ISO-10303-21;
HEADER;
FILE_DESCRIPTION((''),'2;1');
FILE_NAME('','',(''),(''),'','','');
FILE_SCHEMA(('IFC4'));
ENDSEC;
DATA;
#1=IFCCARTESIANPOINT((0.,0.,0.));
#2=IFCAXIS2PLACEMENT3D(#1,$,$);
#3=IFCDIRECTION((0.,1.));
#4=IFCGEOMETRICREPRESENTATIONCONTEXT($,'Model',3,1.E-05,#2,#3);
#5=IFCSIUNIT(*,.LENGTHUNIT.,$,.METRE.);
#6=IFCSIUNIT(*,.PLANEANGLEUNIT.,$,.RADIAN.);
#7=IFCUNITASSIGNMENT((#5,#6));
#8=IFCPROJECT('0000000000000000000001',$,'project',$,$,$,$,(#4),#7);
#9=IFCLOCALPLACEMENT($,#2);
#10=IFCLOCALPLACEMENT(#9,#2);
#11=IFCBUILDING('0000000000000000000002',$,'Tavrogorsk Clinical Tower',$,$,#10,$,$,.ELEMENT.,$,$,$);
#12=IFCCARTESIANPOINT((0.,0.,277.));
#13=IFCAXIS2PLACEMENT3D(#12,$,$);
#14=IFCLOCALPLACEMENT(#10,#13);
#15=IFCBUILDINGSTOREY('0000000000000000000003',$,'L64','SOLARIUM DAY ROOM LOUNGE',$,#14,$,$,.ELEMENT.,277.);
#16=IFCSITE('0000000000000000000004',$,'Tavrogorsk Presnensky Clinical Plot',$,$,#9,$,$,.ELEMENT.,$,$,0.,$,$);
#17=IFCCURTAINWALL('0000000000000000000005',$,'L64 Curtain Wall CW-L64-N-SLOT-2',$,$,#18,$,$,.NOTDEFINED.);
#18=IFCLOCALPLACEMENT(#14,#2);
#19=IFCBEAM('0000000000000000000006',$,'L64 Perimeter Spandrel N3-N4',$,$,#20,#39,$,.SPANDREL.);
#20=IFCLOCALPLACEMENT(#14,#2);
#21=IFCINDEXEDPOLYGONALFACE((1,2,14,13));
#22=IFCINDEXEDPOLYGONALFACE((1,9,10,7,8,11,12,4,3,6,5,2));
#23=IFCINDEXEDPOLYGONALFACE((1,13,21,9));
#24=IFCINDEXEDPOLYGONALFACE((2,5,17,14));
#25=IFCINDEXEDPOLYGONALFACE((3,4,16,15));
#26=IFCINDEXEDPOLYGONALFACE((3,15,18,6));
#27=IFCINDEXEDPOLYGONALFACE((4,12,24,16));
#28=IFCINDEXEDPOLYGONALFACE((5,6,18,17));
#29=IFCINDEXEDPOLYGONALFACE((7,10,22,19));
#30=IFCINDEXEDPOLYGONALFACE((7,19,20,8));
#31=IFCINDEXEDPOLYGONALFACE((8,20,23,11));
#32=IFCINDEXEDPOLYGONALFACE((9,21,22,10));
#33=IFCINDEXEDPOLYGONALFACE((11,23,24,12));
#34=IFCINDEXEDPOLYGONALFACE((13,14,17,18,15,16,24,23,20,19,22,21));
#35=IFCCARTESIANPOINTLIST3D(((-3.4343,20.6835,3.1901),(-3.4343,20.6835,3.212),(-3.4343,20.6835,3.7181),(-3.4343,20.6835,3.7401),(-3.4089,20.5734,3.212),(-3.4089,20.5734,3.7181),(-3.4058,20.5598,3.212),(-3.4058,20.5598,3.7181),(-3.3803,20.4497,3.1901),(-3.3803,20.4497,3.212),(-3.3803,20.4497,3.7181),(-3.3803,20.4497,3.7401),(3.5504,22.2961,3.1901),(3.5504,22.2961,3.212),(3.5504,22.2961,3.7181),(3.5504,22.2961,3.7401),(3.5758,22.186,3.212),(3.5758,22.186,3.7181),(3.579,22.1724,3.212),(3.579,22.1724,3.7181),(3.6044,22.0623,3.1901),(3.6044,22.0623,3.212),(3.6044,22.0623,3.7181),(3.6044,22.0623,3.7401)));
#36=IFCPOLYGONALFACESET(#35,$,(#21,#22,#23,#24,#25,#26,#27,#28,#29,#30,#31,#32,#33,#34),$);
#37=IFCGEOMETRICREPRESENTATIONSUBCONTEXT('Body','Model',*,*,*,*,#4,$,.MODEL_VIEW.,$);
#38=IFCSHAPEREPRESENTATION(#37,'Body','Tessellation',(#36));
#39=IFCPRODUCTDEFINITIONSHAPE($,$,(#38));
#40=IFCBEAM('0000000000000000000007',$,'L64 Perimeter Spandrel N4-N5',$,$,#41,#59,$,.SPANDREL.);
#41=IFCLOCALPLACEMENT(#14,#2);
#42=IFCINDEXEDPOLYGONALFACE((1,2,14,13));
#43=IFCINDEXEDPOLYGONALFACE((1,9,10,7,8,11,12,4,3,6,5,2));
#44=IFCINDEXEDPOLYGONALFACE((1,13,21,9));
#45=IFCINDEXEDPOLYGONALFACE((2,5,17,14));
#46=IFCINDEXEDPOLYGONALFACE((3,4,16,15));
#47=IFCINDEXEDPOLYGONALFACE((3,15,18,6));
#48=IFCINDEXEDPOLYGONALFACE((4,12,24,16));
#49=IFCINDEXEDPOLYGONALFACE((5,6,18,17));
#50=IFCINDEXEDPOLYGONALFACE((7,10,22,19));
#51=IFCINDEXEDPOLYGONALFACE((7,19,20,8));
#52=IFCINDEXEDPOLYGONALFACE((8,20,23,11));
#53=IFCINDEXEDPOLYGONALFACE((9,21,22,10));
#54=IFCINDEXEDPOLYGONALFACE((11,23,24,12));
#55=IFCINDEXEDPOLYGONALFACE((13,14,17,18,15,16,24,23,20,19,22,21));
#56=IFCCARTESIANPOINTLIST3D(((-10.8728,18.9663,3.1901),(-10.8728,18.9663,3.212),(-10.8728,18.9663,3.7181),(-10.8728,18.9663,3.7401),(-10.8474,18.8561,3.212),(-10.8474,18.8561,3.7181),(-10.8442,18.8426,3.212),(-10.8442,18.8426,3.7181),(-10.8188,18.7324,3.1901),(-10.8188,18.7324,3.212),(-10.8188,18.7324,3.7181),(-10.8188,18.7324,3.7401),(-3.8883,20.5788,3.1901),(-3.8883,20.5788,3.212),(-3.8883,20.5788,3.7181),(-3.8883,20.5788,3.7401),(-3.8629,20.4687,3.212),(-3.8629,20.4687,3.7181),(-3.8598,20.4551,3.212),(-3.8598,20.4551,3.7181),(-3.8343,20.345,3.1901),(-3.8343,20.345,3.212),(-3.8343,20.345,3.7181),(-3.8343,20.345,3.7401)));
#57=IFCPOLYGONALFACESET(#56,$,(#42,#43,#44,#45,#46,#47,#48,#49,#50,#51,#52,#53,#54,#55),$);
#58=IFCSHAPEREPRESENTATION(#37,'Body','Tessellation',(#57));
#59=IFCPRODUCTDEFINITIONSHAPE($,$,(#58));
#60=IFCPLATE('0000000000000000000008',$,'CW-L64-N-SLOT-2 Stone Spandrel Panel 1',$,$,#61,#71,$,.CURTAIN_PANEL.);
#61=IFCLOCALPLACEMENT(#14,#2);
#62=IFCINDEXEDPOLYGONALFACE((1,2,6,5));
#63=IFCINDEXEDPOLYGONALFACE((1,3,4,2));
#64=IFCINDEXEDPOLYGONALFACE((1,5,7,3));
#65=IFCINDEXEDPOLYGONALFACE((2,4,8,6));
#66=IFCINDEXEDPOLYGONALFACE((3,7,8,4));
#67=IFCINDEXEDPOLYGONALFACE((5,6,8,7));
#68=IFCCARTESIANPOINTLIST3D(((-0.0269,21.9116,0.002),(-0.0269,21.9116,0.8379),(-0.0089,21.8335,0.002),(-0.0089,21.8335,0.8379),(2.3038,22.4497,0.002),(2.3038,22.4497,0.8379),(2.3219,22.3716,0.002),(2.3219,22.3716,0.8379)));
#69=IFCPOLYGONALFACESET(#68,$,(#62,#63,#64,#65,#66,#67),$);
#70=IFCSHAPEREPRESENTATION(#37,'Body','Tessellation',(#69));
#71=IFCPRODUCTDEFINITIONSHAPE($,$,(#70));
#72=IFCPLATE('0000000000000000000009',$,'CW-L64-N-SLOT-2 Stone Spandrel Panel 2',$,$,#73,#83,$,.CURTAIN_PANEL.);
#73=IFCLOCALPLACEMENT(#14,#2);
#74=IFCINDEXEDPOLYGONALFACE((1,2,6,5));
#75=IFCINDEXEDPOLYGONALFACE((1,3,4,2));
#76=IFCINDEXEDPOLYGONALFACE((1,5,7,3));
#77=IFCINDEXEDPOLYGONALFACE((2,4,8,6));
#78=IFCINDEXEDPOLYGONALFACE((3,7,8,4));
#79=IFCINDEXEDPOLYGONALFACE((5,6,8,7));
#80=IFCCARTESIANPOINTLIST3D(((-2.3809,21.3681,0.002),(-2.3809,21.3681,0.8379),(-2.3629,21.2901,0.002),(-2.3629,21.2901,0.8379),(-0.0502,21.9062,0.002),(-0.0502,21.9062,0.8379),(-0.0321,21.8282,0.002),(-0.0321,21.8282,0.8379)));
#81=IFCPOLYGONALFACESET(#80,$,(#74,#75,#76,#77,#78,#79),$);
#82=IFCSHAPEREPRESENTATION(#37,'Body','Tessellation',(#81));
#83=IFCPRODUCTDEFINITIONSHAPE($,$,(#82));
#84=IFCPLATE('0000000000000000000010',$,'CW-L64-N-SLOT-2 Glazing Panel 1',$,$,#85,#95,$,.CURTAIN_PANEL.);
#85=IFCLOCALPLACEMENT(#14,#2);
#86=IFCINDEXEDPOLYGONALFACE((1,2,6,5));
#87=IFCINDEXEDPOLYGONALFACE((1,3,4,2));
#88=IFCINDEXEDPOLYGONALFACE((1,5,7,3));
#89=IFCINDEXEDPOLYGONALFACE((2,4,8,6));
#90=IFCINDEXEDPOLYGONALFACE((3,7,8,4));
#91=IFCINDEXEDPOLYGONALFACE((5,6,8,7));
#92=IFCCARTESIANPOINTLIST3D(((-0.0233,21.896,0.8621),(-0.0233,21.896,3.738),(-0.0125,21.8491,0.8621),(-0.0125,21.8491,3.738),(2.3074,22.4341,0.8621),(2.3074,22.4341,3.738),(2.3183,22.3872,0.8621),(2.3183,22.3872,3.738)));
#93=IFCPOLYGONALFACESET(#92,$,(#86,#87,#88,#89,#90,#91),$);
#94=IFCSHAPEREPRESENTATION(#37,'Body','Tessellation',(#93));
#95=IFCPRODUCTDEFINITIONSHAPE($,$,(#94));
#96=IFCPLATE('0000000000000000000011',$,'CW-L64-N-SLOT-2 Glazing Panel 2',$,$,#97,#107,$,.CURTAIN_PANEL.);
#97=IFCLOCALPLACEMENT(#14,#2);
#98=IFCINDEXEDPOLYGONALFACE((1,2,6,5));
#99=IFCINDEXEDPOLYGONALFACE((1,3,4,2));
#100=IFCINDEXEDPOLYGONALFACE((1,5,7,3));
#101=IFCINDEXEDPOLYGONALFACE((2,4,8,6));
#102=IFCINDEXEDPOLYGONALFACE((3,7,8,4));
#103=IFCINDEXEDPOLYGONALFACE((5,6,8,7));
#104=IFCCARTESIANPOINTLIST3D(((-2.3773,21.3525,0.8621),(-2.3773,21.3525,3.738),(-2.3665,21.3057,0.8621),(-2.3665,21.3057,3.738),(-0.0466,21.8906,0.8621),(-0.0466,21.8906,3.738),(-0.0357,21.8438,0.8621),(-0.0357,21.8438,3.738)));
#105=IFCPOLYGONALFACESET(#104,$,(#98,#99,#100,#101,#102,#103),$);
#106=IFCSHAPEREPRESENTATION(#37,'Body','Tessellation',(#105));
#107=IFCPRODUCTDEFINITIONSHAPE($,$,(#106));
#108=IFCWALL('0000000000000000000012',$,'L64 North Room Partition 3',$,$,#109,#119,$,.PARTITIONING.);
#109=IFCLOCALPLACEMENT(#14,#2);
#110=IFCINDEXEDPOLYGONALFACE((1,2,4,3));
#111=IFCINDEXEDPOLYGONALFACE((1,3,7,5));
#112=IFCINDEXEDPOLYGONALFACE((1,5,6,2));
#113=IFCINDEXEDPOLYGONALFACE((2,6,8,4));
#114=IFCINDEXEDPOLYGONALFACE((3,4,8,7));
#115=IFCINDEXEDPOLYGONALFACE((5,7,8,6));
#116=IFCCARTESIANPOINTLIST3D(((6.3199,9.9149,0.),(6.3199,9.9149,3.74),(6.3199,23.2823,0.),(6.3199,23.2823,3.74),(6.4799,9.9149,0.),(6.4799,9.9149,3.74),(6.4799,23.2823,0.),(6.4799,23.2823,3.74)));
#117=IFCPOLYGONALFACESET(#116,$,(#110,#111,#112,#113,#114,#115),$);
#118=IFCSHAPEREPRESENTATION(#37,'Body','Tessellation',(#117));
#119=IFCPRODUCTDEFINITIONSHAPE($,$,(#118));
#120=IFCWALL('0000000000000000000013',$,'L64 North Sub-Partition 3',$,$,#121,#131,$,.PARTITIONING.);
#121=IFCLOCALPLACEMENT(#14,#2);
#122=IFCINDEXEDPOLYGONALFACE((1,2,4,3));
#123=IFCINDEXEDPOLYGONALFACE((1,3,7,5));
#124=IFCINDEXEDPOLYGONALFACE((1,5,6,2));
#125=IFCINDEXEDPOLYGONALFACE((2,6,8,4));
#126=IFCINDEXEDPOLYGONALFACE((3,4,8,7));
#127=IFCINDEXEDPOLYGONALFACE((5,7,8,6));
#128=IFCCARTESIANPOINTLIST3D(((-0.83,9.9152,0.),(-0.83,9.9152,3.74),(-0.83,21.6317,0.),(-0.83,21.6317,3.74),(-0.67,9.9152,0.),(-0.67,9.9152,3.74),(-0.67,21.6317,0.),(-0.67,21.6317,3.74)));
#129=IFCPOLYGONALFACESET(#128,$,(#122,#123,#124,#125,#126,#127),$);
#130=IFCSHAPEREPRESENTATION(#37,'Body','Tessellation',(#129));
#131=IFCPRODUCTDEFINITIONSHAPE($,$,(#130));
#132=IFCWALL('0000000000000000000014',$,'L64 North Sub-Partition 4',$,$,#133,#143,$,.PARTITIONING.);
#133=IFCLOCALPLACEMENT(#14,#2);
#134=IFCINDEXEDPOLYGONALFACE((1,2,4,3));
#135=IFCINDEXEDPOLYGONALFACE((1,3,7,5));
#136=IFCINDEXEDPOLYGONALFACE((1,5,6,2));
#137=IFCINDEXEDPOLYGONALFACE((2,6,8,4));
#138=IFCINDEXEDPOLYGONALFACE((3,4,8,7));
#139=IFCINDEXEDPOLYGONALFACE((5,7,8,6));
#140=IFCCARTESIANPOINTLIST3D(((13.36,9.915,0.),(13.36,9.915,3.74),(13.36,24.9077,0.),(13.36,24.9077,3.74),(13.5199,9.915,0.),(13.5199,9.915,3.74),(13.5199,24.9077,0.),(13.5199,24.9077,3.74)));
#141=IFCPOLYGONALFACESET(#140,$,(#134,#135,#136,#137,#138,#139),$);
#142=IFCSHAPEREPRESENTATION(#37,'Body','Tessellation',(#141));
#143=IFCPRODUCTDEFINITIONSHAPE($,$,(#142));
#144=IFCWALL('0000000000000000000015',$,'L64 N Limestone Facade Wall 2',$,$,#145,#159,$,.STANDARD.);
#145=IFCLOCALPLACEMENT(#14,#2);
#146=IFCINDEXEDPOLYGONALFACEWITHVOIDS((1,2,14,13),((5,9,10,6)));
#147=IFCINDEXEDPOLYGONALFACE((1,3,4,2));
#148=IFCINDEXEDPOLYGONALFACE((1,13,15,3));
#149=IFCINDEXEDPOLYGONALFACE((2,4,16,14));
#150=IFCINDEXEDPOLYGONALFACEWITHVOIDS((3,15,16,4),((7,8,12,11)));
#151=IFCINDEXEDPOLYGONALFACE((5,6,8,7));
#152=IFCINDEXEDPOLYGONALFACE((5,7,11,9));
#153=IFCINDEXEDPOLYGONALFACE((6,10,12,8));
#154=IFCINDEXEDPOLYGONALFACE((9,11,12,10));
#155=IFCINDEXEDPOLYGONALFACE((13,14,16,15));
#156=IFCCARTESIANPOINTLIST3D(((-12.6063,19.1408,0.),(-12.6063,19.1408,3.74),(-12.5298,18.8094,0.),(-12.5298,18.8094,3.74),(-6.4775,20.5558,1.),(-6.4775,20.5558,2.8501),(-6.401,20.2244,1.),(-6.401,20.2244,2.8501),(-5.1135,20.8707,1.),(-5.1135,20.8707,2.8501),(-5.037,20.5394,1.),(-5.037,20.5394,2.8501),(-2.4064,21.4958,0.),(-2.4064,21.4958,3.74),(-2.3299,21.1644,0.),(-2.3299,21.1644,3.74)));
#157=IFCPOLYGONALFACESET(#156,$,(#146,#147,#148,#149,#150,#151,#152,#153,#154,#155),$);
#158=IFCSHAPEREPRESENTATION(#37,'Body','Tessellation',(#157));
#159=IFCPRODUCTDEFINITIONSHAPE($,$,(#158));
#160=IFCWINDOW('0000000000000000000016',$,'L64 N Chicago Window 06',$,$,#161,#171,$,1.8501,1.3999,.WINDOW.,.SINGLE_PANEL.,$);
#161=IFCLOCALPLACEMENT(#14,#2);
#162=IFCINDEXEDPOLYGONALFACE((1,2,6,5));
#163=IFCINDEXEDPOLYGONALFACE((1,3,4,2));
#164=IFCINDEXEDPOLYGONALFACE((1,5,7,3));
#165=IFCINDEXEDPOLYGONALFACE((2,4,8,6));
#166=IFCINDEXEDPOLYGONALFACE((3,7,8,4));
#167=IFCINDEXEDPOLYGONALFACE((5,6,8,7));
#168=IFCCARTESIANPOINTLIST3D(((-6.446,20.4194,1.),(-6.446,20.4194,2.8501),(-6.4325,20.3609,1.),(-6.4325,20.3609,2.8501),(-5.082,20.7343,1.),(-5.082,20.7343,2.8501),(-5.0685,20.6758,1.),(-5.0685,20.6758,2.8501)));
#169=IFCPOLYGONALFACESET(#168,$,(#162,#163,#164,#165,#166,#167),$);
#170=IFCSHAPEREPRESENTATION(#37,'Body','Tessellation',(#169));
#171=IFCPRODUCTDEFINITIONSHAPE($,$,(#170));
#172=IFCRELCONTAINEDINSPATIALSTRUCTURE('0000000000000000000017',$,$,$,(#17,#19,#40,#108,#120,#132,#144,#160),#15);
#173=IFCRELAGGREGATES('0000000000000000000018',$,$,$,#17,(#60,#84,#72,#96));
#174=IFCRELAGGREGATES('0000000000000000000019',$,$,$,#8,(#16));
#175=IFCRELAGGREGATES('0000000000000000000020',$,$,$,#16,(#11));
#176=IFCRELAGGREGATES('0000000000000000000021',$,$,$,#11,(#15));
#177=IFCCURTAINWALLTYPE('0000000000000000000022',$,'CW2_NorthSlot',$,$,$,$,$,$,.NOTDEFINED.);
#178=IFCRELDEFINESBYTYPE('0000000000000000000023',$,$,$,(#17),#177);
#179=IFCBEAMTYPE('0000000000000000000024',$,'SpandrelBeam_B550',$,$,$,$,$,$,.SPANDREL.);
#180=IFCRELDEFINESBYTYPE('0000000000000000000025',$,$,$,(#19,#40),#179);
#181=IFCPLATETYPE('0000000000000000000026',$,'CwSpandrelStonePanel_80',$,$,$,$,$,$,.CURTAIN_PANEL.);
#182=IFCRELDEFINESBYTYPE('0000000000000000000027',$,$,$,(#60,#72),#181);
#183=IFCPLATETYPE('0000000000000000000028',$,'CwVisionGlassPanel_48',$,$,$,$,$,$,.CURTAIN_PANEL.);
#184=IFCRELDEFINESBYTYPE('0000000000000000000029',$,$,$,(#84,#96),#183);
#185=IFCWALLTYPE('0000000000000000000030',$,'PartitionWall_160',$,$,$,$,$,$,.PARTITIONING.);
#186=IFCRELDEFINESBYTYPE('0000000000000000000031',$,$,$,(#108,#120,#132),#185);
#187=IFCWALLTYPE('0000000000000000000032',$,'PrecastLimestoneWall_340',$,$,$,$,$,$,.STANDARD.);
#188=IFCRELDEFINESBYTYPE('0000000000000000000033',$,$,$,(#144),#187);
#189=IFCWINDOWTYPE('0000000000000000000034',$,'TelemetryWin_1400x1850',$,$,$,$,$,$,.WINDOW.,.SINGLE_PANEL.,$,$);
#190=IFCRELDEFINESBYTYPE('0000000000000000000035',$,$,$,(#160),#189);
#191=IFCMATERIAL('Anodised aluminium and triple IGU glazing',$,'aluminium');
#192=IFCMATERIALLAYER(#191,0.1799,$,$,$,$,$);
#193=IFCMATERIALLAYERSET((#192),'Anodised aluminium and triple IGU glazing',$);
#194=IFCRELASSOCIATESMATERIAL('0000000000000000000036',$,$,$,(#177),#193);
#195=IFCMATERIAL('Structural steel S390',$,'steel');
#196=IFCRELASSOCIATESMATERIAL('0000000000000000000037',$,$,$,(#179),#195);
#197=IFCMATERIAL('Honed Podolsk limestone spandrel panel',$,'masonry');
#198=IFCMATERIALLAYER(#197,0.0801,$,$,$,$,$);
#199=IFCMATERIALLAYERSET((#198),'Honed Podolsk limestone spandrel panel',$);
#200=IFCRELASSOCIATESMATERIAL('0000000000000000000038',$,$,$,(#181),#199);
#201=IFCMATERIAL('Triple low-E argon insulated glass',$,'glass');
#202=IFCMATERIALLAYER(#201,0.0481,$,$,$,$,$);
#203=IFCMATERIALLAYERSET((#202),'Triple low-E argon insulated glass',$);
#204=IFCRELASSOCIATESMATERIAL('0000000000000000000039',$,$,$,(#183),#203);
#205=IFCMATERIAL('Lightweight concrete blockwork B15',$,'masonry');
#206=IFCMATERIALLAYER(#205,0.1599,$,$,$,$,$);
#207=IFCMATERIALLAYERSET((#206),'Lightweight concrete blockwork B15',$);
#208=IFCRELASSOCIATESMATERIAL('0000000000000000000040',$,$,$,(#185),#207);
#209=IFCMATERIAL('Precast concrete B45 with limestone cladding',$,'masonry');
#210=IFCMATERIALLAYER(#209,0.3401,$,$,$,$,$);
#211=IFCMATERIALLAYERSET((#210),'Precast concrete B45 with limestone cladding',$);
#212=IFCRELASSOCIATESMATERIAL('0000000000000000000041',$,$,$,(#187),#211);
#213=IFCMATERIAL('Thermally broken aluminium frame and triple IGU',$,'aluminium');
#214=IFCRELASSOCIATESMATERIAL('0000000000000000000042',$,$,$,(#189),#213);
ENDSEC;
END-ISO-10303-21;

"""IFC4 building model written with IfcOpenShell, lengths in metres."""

from ifc_helpers import new_model, si_unit, direction, frame, frame_2d, origin, origin_2d, place, context, subcontext, project, spatial, rectangle, i_section, extrude, material, layer, layer_set, material_profile, profile_set, type_object, element, fill, aggregate, save


model = new_model("IFC4")

# Units and contexts
model_context = context("Model", 3, precision=1e-05, world=origin(), true_north=direction((0.0, 1.0)))
body_context = subcontext(model_context, "Body", "Model", "MODEL_VIEW")
ifc_project = project(units=[si_unit("LENGTHUNIT", "METRE"), si_unit("PLANEANGLEUNIT", "RADIAN")], contexts=[model_context])

# Site, building, storey
site_placement = place(None, origin())
site = spatial("IfcSite", under=ifc_project, at=site_placement, Name="Tavrogorsk Presnensky Clinical Plot", CompositionType="ELEMENT", RefElevation=0.0)
building_placement = place(site_placement, origin())
building = spatial("IfcBuilding", under=site, at=building_placement, Name="Tavrogorsk Clinical Tower", CompositionType="ELEMENT")
storey_placement = place(building_placement, frame((0.0, 0.0, 277.0)))
storey = spatial("IfcBuildingStorey", under=building, at=storey_placement, Name="L64", Description="SOLARIUM DAY ROOM LOUNGE", CompositionType="ELEMENT", Elevation=277.0)

# Curtain wall
ifc_material_1 = material(Name="Anodised aluminium and triple IGU glazing", Category="aluminium")
ifc_layer_1 = layer(ifc_material_1, 0.1799)
ifc_layer_set_1 = layer_set([ifc_layer_1], Name="Anodised aluminium and triple IGU glazing")
curtain_wall_type = type_object("IfcCurtainWallType", Name="CW2_NorthSlot", PredefinedType="NOTDEFINED", material=ifc_layer_set_1)
curtain_wall_placement = place(storey_placement, origin())
curtain_wall = element("IfcCurtainWall", 1, at=curtain_wall_placement, inside=storey, type_object=curtain_wall_type, Name="L64 Curtain Wall CW-L64-N-SLOT-2", PredefinedType="NOTDEFINED")

# Beams
ifc_material_2 = material(Name="Structural steel S390", Category="steel")
ifc_material_profile_1 = material_profile(ifc_material_2, i_section(OverallWidth=0.24, OverallDepth=0.55, WebThickness=0.0139, FlangeThickness=0.022, at=origin_2d()), Name="B-550x240x14x22")
ifc_profile_set_1 = profile_set([ifc_material_profile_1], Name="Structural steel S390")
beam_type = type_object("IfcBeamType", Name="SpandrelBeam_B550", PredefinedType="SPANDREL", material=ifc_profile_set_1)
for number, where, z_axis, x_axis, name in (
    (2, (3.5774, 22.1792, 3.4651), (-0.974369, -0.224954, 0.0), (0.224954, -0.974369, 0.0), "L64 Perimeter Spandrel N3-N4"),
):
    element("IfcBeam", number, at=place(storey_placement, frame(where, z_axis=z_axis, x_axis=x_axis)), inside=storey, type_object=beam_type, Name=name, PredefinedType="SPANDREL", context=body_context, shape_type="SweptSolid", body=[
        extrude(i_section(OverallWidth=0.24, OverallDepth=0.55, WebThickness=0.0139, FlangeThickness=0.022, at=origin_2d()), origin(), (0.0, 0.0, 1.0), 7.1685),
    ])
beam_placement = place(storey_placement, frame((-3.8613, 20.4619, 3.4651), z_axis=(-0.974368, -0.224961, 0.0), x_axis=(0.224961, -0.974368, 0.0)))
element("IfcBeam", 3, at=beam_placement, inside=storey, type_object=beam_type, Name="L64 Perimeter Spandrel N4-N5", PredefinedType="SPANDREL", context=body_context, shape_type="SweptSolid", body=[
    extrude(i_section(OverallWidth=0.24, OverallDepth=0.55, WebThickness=0.0139, FlangeThickness=0.022, at=origin_2d()), origin(), (0.0, 0.0, 1.0), 7.1682),
])

# Plates
ifc_material_3 = material(Name="Honed Podolsk limestone spandrel panel", Category="masonry")
ifc_layer_2 = layer(ifc_material_3, 0.0801)
ifc_layer_set_2 = layer_set([ifc_layer_2], Name="Honed Podolsk limestone spandrel panel")
plate_type_1 = type_object("IfcPlateType", Name="CwSpandrelStonePanel_80", PredefinedType="CURTAIN_PANEL", material=ifc_layer_set_2)
plate_1_placement = place(storey_placement, frame((1.1475, 22.1416, 0.002), z_axis=(0.0, 0.0, 1.0), x_axis=(-0.97437, -0.224951, 0.0)))
plate_1 = element("IfcPlate", 4, at=plate_1_placement, type_object=plate_type_1, Name="CW-L64-N-SLOT-2 Stone Spandrel Panel 1", PredefinedType="CURTAIN_PANEL", context=body_context, shape_type="SweptSolid", body=[
    extrude(rectangle(XDim=2.3921, YDim=0.0801, at=origin_2d()), origin(), (0.0, 0.0, 1.0), 0.8359),
])
plate_2_placement = place(storey_placement, frame((-1.2065, 21.5981, 0.002), z_axis=(0.0, 0.0, 1.0), x_axis=(-0.97437, -0.224951, 0.0)))
plate_2 = element("IfcPlate", 5, at=plate_2_placement, type_object=plate_type_1, Name="CW-L64-N-SLOT-2 Stone Spandrel Panel 2", PredefinedType="CURTAIN_PANEL", context=body_context, shape_type="SweptSolid", body=[
    extrude(rectangle(XDim=2.3921, YDim=0.0801, at=origin_2d()), origin(), (0.0, 0.0, 1.0), 0.8359),
])
ifc_material_4 = material(Name="Triple low-E argon insulated glass", Category="glass")
ifc_layer_3 = layer(ifc_material_4, 0.0481)
ifc_layer_set_3 = layer_set([ifc_layer_3], Name="Triple low-E argon insulated glass")
plate_type_2 = type_object("IfcPlateType", Name="CwVisionGlassPanel_48", PredefinedType="CURTAIN_PANEL", material=ifc_layer_set_3)
plate_3_placement = place(storey_placement, frame((1.1475, 22.1416, 0.8621), z_axis=(0.0, 0.0, 1.0), x_axis=(-0.97437, -0.224951, 0.0)))
plate_3 = element("IfcPlate", 6, at=plate_3_placement, type_object=plate_type_2, Name="CW-L64-N-SLOT-2 Glazing Panel 1", PredefinedType="CURTAIN_PANEL", context=body_context, shape_type="SweptSolid", body=[
    extrude(rectangle(XDim=2.3921, YDim=0.0481, at=origin_2d()), origin(), (0.0, 0.0, 1.0), 2.876),
])
plate_4_placement = place(storey_placement, frame((-1.2065, 21.5981, 0.8621), z_axis=(0.0, 0.0, 1.0), x_axis=(-0.97437, -0.224951, 0.0)))
plate_4 = element("IfcPlate", 7, at=plate_4_placement, type_object=plate_type_2, Name="CW-L64-N-SLOT-2 Glazing Panel 2", PredefinedType="CURTAIN_PANEL", context=body_context, shape_type="SweptSolid", body=[
    extrude(rectangle(XDim=2.3921, YDim=0.0481, at=origin_2d()), origin(), (0.0, 0.0, 1.0), 2.876),
])
aggregate(curtain_wall, [plate_1, plate_3, plate_2, plate_4])

# Walls
ifc_material_5 = material(Name="Lightweight concrete blockwork B15", Category="masonry")
ifc_layer_4 = layer(ifc_material_5, 0.1599)
ifc_layer_set_4 = layer_set([ifc_layer_4], Name="Lightweight concrete blockwork B15")
wall_type_1 = type_object("IfcWallType", Name="PartitionWall_160", PredefinedType="PARTITIONING", material=ifc_layer_set_4)
wall_1_placement = place(storey_placement, frame((6.3999, 9.915, 0.0), z_axis=(0.0, 0.0, 1.0), x_axis=(0.0, 1.0, 0.0)))
element("IfcWall", 8, at=wall_1_placement, inside=storey, type_object=wall_type_1, Name="L64 North Room Partition 3", PredefinedType="PARTITIONING", context=body_context, shape_type="SweptSolid", body=[
    extrude(rectangle(XDim=13.3674, YDim=0.1599, at=frame_2d((6.6836, 0.0))), origin(), (0.0, 0.0, 1.0), 3.74),
])
wall_2_placement = place(storey_placement, frame((-0.75, 9.915, 0.0), z_axis=(0.0, 0.0, 1.0), x_axis=(0.0, 1.0, 0.0)))
element("IfcWall", 9, at=wall_2_placement, inside=storey, type_object=wall_type_1, Name="L64 North Sub-Partition 3", PredefinedType="PARTITIONING", context=body_context, shape_type="SweptSolid", body=[
    extrude(rectangle(XDim=11.7166, YDim=0.1599, at=frame_2d((5.8584, 0.0))), origin(), (0.0, 0.0, 1.0), 3.74),
])
wall_3_placement = place(storey_placement, frame((13.4399, 9.915, 0.0), z_axis=(0.0, 0.0, 1.0), x_axis=(0.0, 1.0, 0.0)))
element("IfcWall", 10, at=wall_3_placement, inside=storey, type_object=wall_type_1, Name="L64 North Sub-Partition 4", PredefinedType="PARTITIONING", context=body_context, shape_type="SweptSolid", body=[
    extrude(rectangle(XDim=14.9927, YDim=0.1599, at=frame_2d((7.4963, 0.0))), origin(), (0.0, 0.0, 1.0), 3.74),
])

# Wall, opening, window
ifc_material_6 = material(Name="Precast concrete B45 with limestone cladding", Category="masonry")
ifc_layer_5 = layer(ifc_material_6, 0.3401)
ifc_layer_set_5 = layer_set([ifc_layer_5], Name="Precast concrete B45 with limestone cladding")
wall_type_2 = type_object("IfcWallType", Name="PrecastLimestoneWall_340", PredefinedType="STANDARD", material=ifc_layer_set_5)
wall_4_placement = place(storey_placement, frame((-2.3682, 21.3301, 0.0), z_axis=(0.0, 0.0, 1.0), x_axis=(-0.974367, -0.224963, 0.0)))
wall_4 = element("IfcWall", 11, at=wall_4_placement, inside=storey, type_object=wall_type_2, Name="L64 N Limestone Facade Wall 2", PredefinedType="STANDARD", context=body_context, shape_type="SweptSolid", body=[
    extrude(rectangle(XDim=10.4683, YDim=0.3401, at=frame_2d((5.2341, 0.0))), origin(), (0.0, 0.0, 1.0), 3.74),
])
opening_placement = place(wall_4_placement, frame((2.7783, 0.0, 1.0)))
opening = element("IfcOpeningElement", 12, at=opening_placement, cuts=wall_4, PredefinedType="OPENING", context=body_context, shape_type="SweptSolid", body=[
    extrude(rectangle(XDim=1.3999, YDim=1.8501, at=frame_2d((0.7, 0.925))), frame((0.0, 0.1799, 0.0), z_axis=(0.0, -1.0, 0.0), x_axis=(1.0, 0.0, 0.0)), (0.0, 0.0, 1.0), 0.3601),
])
ifc_material_7 = material(Name="Thermally broken aluminium frame and triple IGU", Category="aluminium")
window_type = type_object("IfcWindowType", Name="TelemetryWin_1400x1850", PartitioningType="SINGLE_PANEL", PredefinedType="WINDOW", material=ifc_material_7)
window_placement = place(opening_placement, origin())
window = element("IfcWindow", 13, at=window_placement, inside=storey, type_object=window_type, Name="L64 N Chicago Window 06", OverallHeight=1.8501, OverallWidth=1.3999, PartitioningType="SINGLE_PANEL", PredefinedType="WINDOW", context=body_context, shape_type="SweptSolid", body=[
    extrude(rectangle(XDim=1.3999, YDim=1.8501, at=frame_2d((0.7, 0.925))), frame((0.0, 0.03, 0.0), z_axis=(0.0, -1.0, 0.0), x_axis=(1.0, 0.0, 0.0)), (0.0, 0.0, 1.0), 0.0601),
])
fill(opening, window)

save(model, "model.ifc")
